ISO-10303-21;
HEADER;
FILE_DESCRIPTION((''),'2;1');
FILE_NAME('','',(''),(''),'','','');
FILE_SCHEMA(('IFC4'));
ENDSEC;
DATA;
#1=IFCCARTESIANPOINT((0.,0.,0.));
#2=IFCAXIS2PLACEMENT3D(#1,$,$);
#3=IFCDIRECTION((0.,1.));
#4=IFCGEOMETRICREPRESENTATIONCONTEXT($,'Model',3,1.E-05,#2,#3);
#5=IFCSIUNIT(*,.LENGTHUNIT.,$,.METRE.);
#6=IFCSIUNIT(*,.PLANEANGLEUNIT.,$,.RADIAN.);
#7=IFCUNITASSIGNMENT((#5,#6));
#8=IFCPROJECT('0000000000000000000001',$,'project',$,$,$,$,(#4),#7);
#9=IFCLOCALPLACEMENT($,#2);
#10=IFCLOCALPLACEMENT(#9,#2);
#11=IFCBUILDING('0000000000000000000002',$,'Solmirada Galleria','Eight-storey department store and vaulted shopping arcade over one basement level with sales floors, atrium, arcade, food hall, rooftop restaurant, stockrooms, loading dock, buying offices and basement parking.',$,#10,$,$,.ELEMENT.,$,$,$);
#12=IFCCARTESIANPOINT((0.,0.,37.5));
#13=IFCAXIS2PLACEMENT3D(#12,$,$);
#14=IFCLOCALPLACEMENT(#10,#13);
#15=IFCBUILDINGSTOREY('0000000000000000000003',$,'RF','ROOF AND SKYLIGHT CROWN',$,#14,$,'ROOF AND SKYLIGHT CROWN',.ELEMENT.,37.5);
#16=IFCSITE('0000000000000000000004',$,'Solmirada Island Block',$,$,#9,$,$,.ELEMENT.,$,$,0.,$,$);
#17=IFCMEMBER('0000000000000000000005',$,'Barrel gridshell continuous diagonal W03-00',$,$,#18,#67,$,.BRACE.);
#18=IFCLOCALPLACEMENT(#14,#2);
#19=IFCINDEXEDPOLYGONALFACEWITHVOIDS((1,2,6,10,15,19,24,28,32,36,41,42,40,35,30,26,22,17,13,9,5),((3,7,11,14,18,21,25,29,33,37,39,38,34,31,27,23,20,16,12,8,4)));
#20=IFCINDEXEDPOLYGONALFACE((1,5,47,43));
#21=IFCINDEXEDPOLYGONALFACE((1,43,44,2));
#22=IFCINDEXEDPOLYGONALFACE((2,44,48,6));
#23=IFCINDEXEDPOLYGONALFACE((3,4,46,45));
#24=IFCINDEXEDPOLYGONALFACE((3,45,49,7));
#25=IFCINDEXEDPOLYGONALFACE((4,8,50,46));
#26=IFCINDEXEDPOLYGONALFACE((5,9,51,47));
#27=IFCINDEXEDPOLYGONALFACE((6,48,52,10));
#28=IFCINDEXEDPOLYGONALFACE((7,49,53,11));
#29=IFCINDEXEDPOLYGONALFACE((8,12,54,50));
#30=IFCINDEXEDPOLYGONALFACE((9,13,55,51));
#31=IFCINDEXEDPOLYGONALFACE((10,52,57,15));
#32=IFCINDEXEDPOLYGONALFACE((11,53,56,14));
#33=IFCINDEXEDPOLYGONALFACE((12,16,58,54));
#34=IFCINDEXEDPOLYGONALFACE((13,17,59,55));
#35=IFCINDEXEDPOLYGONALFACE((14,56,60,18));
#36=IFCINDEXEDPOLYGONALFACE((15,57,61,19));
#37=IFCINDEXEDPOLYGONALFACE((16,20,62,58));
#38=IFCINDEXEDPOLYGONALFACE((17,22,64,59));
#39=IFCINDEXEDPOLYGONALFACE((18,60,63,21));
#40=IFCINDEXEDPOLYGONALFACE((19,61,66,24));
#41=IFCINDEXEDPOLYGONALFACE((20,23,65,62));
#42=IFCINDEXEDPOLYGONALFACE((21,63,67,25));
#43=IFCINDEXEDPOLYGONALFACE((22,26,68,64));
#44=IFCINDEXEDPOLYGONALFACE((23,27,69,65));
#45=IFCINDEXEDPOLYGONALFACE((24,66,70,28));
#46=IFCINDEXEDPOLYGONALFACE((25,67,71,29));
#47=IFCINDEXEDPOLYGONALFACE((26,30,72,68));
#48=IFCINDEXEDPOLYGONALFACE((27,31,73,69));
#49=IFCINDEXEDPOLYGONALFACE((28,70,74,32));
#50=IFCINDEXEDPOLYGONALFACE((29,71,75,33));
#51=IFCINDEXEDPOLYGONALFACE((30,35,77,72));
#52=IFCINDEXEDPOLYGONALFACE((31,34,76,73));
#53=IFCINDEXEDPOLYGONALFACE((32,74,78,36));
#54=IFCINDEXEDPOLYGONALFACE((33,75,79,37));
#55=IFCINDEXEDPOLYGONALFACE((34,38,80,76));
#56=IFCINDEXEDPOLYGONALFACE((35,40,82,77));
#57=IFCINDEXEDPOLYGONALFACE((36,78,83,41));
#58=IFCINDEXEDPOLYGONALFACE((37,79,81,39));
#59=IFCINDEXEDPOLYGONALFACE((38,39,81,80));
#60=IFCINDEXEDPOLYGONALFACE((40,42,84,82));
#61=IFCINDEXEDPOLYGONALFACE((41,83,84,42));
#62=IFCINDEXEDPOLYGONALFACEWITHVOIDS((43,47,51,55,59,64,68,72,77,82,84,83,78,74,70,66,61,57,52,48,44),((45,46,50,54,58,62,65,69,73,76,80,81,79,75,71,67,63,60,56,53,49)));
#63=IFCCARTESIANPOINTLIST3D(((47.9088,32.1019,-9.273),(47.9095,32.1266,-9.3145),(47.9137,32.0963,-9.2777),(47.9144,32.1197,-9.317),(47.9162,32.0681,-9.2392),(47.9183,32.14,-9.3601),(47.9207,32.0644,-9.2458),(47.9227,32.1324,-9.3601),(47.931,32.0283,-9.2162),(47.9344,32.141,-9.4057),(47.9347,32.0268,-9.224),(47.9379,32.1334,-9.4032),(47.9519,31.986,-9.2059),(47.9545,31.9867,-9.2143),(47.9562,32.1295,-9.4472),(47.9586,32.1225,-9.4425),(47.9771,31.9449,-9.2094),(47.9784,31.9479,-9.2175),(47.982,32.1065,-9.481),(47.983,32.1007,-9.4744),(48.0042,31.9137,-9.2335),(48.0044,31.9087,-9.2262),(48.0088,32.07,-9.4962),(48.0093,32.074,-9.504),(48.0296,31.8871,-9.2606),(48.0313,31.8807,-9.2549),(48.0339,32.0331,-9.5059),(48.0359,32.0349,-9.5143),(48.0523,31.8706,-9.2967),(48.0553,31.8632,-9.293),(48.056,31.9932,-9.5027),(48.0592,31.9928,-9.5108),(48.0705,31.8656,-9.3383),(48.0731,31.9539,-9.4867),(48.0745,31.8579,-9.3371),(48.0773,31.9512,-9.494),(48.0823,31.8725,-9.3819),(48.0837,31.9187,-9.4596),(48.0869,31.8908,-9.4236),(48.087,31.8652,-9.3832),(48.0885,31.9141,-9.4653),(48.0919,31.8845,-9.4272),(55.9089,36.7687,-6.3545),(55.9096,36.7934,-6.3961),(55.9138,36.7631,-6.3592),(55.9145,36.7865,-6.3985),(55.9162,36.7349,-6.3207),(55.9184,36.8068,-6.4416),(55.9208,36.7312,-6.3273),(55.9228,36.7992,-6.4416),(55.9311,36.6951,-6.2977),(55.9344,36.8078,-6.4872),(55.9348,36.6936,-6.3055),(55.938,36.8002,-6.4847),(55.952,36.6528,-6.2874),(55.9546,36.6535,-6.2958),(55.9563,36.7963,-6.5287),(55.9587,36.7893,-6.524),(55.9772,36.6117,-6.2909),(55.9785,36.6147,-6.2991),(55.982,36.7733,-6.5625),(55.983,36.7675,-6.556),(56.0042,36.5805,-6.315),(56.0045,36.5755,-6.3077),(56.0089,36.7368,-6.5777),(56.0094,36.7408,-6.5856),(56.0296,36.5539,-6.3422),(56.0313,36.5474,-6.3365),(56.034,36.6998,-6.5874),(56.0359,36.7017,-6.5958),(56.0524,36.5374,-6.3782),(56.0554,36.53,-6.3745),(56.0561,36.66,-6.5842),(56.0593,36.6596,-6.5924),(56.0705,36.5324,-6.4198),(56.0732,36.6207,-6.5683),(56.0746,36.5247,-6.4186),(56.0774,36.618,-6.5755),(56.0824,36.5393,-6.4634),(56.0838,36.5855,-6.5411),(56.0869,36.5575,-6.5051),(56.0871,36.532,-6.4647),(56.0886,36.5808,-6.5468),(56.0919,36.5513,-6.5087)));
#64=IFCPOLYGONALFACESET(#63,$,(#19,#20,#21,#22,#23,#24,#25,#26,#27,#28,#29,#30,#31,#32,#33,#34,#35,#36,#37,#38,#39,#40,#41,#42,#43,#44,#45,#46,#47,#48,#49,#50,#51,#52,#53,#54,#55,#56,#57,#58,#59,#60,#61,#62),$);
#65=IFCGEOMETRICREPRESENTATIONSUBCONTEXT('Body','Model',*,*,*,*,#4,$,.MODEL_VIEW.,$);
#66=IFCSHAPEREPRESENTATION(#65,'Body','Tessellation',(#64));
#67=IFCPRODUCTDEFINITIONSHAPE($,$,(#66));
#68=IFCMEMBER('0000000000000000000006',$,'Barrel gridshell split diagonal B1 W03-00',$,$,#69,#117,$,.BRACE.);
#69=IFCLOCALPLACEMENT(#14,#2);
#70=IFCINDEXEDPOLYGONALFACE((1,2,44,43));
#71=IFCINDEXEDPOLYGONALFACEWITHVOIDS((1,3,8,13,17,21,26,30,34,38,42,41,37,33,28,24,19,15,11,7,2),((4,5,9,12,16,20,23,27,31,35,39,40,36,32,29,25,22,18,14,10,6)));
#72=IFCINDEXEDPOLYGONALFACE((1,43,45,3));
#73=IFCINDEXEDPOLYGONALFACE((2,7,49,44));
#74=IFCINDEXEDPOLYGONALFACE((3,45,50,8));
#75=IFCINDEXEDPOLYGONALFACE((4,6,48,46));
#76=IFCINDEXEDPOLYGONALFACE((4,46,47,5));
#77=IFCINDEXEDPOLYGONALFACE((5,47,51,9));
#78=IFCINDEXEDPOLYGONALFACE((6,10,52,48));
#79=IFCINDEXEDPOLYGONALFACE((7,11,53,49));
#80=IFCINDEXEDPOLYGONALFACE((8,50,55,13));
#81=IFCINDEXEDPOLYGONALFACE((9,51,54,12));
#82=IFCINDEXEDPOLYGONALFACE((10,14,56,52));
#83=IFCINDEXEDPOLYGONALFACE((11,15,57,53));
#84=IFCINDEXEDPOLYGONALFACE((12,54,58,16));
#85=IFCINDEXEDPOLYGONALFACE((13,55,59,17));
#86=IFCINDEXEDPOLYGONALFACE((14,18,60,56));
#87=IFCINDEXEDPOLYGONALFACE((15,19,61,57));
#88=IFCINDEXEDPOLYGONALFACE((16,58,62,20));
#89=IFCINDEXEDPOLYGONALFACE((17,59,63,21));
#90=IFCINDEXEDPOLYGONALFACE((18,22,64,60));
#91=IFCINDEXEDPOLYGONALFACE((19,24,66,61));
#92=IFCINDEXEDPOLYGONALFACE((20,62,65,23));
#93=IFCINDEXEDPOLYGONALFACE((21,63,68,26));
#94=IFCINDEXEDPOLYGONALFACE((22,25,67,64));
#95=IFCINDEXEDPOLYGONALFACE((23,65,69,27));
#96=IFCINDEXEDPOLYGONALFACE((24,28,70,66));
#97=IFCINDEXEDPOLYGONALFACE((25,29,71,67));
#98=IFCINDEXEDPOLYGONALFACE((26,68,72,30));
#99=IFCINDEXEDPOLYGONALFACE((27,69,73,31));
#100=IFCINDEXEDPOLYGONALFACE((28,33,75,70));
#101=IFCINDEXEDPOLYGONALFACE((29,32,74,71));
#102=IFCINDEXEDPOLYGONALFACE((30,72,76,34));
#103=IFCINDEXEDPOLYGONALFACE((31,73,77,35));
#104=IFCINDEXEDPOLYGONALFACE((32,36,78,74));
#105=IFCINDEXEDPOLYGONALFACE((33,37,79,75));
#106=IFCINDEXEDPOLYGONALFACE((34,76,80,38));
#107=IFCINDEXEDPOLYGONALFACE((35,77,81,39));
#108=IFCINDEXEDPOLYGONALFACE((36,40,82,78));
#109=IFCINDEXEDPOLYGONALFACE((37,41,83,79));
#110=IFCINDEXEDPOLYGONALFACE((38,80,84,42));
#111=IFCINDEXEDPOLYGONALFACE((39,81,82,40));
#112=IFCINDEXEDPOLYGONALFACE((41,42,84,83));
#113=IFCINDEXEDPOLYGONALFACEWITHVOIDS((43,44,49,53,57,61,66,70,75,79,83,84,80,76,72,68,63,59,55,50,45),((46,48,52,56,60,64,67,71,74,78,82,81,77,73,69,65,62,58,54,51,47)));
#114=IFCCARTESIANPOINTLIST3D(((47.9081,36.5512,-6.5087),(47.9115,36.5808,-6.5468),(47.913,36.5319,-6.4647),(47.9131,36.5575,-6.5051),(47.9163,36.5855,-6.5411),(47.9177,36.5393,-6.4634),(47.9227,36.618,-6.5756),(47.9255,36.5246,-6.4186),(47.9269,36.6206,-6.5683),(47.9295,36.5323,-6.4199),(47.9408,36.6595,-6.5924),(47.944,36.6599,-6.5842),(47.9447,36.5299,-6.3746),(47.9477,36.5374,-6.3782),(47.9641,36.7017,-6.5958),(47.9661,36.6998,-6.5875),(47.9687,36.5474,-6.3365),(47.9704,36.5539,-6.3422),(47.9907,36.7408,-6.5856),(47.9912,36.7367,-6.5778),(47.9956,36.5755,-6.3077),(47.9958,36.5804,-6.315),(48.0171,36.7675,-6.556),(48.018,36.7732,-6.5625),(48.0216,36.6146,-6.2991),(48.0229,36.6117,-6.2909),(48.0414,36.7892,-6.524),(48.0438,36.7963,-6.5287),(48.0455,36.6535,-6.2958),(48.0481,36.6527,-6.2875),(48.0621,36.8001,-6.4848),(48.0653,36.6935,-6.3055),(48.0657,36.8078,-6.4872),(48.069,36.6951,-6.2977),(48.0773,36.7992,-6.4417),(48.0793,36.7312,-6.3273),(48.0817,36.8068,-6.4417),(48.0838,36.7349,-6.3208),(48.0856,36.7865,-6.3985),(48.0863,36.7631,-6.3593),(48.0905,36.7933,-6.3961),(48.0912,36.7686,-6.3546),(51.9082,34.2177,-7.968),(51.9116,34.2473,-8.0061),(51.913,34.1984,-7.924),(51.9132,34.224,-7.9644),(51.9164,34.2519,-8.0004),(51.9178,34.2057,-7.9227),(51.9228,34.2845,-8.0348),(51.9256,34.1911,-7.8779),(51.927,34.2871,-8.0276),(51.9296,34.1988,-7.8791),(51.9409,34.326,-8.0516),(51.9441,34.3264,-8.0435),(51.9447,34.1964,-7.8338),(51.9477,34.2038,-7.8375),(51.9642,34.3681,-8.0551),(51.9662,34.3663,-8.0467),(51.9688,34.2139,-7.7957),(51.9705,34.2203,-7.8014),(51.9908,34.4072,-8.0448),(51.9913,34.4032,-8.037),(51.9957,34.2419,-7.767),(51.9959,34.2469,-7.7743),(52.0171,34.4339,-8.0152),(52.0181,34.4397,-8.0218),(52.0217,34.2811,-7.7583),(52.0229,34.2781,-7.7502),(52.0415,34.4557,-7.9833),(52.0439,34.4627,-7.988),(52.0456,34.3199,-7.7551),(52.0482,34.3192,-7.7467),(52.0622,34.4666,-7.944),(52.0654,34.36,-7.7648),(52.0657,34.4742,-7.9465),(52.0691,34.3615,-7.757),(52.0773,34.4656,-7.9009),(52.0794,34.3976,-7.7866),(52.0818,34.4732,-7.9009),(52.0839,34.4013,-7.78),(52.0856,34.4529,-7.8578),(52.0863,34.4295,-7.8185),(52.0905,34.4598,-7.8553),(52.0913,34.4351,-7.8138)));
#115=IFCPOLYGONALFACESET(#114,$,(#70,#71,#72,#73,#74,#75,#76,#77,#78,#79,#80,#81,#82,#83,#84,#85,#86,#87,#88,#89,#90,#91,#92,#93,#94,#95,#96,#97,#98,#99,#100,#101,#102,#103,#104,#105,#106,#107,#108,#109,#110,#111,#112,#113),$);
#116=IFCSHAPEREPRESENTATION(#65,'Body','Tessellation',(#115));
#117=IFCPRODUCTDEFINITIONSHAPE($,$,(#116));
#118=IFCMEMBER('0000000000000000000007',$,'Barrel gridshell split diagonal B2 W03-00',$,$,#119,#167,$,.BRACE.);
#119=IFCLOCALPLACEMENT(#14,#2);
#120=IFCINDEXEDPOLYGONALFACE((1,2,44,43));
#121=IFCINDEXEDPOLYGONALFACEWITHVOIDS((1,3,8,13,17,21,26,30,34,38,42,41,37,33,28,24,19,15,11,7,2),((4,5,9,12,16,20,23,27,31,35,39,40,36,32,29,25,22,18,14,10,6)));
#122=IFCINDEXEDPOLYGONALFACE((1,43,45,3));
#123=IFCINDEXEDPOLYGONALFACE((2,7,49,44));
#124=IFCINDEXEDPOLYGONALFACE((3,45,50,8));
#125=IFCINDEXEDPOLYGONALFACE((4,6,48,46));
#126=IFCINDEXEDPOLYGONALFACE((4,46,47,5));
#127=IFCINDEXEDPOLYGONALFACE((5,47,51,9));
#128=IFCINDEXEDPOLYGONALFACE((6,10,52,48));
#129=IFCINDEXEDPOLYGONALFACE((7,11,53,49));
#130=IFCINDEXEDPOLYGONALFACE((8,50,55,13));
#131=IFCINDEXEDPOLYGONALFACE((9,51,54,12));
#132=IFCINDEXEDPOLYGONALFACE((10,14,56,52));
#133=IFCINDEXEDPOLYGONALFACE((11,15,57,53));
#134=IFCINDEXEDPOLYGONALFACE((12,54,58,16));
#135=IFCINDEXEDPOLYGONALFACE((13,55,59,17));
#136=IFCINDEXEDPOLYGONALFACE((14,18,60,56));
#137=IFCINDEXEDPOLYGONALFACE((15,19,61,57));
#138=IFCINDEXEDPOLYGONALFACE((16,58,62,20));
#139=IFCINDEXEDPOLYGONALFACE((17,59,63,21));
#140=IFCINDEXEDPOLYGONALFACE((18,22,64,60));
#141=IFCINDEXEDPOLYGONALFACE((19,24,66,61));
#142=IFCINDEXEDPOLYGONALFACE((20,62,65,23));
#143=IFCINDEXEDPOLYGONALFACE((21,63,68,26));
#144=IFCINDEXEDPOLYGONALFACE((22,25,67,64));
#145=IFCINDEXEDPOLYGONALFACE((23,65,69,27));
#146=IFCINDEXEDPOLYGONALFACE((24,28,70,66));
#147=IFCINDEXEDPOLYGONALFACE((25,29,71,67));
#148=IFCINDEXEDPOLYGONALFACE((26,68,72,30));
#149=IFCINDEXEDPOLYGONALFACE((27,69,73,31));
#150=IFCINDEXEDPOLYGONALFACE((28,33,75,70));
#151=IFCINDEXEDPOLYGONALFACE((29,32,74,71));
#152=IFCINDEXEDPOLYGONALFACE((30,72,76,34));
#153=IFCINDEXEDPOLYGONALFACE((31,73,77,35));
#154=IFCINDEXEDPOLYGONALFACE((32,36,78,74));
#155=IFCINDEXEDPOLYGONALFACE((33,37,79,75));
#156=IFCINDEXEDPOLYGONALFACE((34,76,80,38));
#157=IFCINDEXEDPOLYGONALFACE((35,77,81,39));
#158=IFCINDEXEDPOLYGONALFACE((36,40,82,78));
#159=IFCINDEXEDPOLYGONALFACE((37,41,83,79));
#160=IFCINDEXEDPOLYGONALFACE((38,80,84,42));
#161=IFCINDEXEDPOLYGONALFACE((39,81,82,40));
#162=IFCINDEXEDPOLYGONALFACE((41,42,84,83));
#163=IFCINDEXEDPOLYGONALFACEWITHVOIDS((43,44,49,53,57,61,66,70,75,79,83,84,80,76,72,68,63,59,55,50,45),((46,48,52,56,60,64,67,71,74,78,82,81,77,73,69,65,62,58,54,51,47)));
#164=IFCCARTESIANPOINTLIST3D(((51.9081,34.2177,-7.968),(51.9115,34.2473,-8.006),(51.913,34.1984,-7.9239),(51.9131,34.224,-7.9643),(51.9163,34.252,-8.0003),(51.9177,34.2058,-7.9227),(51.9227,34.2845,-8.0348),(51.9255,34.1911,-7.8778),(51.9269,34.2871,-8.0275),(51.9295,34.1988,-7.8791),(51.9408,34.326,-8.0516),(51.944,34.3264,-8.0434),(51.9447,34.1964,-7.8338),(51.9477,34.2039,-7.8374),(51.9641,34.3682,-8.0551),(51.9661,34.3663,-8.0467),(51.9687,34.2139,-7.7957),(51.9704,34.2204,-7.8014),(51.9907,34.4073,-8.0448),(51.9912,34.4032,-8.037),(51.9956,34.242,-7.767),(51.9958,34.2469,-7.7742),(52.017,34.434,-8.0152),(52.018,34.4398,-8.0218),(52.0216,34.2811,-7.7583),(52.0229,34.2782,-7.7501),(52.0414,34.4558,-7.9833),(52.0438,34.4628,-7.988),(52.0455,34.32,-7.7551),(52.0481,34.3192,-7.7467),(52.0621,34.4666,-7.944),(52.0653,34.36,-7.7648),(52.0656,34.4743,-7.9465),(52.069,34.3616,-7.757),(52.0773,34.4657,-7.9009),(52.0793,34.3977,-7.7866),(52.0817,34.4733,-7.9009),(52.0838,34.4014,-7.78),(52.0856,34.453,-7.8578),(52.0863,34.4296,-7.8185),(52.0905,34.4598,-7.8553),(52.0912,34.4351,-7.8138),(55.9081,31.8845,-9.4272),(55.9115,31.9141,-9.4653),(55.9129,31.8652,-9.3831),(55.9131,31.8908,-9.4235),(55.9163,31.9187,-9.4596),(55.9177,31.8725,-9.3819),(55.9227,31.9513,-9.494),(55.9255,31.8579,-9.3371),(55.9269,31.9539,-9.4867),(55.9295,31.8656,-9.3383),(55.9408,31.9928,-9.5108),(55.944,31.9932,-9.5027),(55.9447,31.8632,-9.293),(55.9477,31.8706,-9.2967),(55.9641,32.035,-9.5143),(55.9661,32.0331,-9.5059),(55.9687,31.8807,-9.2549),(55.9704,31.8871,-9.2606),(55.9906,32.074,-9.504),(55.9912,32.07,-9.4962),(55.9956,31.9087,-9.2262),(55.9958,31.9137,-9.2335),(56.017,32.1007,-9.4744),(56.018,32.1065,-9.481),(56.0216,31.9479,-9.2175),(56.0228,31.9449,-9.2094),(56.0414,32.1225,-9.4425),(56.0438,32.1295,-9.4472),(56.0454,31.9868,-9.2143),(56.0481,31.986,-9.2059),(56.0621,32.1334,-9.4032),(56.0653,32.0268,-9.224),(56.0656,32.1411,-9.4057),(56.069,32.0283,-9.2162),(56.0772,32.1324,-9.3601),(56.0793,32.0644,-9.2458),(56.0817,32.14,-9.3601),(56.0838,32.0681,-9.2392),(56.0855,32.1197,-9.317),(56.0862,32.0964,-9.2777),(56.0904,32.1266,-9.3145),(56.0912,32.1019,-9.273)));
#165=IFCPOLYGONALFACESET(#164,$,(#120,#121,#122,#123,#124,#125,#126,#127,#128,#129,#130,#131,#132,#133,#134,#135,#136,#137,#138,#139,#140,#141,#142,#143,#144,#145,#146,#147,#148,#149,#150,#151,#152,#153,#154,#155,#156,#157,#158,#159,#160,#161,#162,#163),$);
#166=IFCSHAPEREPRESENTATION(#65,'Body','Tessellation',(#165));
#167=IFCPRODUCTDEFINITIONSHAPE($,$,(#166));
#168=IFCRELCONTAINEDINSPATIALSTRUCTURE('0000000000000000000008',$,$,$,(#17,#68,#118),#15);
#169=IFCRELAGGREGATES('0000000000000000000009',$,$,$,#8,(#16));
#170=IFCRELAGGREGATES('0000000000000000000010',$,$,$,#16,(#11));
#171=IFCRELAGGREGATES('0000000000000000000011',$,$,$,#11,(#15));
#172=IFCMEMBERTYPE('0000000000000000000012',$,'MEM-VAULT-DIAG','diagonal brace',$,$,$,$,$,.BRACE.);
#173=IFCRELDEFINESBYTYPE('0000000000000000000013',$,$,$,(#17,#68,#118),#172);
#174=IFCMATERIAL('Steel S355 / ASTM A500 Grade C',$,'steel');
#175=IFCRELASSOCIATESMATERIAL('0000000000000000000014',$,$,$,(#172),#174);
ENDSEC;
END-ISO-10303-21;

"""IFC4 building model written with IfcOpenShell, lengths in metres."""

from ifc_helpers import new_model, si_unit, direction, frame, origin, origin_2d, place, context, subcontext, project, spatial, hollow_circle, extrude, material, material_profile, profile_set, type_object, element, save


model = new_model("IFC4")

# Units and contexts
model_context = context("Model", 3, precision=1e-05, world=origin(), true_north=direction((0.0, 1.0)))
body_context = subcontext(model_context, "Body", "Model", "MODEL_VIEW")
ifc_project = project(units=[si_unit("LENGTHUNIT", "METRE"), si_unit("PLANEANGLEUNIT", "RADIAN")], contexts=[model_context])

# Site, building, storey
site_placement = place(None, origin())
site = spatial("IfcSite", under=ifc_project, at=site_placement, Name="Solmirada Island Block", CompositionType="ELEMENT", RefElevation=0.0)
building_placement = place(site_placement, origin())
building = spatial("IfcBuilding", under=site, at=building_placement, Name="Solmirada Galleria", Description="Eight-storey department store and vaulted shopping arcade over one basement level with sales floors, atrium, arcade, food hall, rooftop restaurant, stockrooms, loading dock, buying offices and basement parking.", CompositionType="ELEMENT")
storey_placement = place(building_placement, frame((0.0, 0.0, 37.5)))
storey = spatial("IfcBuildingStorey", under=building, at=storey_placement, Name="RF", Description="ROOF AND SKYLIGHT CROWN", LongName="ROOF AND SKYLIGHT CROWN", CompositionType="ELEMENT", Elevation=37.5)

# Members
ifc_material_1 = material(Name="Steel S355 / ASTM A500 Grade C", Category="steel")
ifc_material_profile_1 = material_profile(ifc_material_1, hollow_circle(Radius=0.1621, WallThickness=0.0088, at=origin_2d()), Name="HSS12.750X0.375")
ifc_profile_set_1 = profile_set([ifc_material_profile_1], Name="Steel S355 / ASTM A500 Grade C")
member_type_1 = type_object("IfcMemberType", Name="MEM-VAULT-DIAG", Description="diagonal brace", PredefinedType="BRACE", material=ifc_profile_set_1)
member_1_placement = place(storey_placement, frame((48.0, 32.0, -9.3601), z_axis=(0.823841, 0.480582, 0.300543), x_axis=(-0.503878, 0.863775, 0.0)))
element("IfcMember", 1, at=member_1_placement, inside=storey, type_object=member_type_1, Name="Barrel gridshell continuous diagonal W03-00", PredefinedType="BRACE", context=body_context, shape_type="SweptSolid", body=[
    extrude(hollow_circle(Radius=0.1621, WallThickness=0.0088, at=origin_2d()), origin(), (0.0, 0.0, 1.0), 9.7107),
])
member_2_placement = place(storey_placement, frame((48.0, 36.6667, -6.4417), z_axis=(0.823831, -0.480602, -0.30054), x_axis=(0.503897, 0.863764, 0.0)))
element("IfcMember", 2, at=member_2_placement, inside=storey, type_object=member_type_1, Name="Barrel gridshell split diagonal B1 W03-00", PredefinedType="BRACE", context=body_context, shape_type="SweptSolid", body=[
    extrude(hollow_circle(Radius=0.1621, WallThickness=0.0088, at=origin_2d()), origin(), (0.0, 0.0, 1.0), 4.8555),
])
member_3_placement = place(storey_placement, frame((52.0, 34.3333, -7.9009), z_axis=(0.823851, -0.480563, -0.300547), x_axis=(0.503858, 0.863787, 0.0)))
element("IfcMember", 3, at=member_3_placement, inside=storey, type_object=member_type_1, Name="Barrel gridshell split diagonal B2 W03-00", PredefinedType="BRACE", context=body_context, shape_type="SweptSolid", body=[
    extrude(hollow_circle(Radius=0.1621, WallThickness=0.0088, at=origin_2d()), origin(), (0.0, 0.0, 1.0), 4.8552),
])

save(model, "model.ifc")
